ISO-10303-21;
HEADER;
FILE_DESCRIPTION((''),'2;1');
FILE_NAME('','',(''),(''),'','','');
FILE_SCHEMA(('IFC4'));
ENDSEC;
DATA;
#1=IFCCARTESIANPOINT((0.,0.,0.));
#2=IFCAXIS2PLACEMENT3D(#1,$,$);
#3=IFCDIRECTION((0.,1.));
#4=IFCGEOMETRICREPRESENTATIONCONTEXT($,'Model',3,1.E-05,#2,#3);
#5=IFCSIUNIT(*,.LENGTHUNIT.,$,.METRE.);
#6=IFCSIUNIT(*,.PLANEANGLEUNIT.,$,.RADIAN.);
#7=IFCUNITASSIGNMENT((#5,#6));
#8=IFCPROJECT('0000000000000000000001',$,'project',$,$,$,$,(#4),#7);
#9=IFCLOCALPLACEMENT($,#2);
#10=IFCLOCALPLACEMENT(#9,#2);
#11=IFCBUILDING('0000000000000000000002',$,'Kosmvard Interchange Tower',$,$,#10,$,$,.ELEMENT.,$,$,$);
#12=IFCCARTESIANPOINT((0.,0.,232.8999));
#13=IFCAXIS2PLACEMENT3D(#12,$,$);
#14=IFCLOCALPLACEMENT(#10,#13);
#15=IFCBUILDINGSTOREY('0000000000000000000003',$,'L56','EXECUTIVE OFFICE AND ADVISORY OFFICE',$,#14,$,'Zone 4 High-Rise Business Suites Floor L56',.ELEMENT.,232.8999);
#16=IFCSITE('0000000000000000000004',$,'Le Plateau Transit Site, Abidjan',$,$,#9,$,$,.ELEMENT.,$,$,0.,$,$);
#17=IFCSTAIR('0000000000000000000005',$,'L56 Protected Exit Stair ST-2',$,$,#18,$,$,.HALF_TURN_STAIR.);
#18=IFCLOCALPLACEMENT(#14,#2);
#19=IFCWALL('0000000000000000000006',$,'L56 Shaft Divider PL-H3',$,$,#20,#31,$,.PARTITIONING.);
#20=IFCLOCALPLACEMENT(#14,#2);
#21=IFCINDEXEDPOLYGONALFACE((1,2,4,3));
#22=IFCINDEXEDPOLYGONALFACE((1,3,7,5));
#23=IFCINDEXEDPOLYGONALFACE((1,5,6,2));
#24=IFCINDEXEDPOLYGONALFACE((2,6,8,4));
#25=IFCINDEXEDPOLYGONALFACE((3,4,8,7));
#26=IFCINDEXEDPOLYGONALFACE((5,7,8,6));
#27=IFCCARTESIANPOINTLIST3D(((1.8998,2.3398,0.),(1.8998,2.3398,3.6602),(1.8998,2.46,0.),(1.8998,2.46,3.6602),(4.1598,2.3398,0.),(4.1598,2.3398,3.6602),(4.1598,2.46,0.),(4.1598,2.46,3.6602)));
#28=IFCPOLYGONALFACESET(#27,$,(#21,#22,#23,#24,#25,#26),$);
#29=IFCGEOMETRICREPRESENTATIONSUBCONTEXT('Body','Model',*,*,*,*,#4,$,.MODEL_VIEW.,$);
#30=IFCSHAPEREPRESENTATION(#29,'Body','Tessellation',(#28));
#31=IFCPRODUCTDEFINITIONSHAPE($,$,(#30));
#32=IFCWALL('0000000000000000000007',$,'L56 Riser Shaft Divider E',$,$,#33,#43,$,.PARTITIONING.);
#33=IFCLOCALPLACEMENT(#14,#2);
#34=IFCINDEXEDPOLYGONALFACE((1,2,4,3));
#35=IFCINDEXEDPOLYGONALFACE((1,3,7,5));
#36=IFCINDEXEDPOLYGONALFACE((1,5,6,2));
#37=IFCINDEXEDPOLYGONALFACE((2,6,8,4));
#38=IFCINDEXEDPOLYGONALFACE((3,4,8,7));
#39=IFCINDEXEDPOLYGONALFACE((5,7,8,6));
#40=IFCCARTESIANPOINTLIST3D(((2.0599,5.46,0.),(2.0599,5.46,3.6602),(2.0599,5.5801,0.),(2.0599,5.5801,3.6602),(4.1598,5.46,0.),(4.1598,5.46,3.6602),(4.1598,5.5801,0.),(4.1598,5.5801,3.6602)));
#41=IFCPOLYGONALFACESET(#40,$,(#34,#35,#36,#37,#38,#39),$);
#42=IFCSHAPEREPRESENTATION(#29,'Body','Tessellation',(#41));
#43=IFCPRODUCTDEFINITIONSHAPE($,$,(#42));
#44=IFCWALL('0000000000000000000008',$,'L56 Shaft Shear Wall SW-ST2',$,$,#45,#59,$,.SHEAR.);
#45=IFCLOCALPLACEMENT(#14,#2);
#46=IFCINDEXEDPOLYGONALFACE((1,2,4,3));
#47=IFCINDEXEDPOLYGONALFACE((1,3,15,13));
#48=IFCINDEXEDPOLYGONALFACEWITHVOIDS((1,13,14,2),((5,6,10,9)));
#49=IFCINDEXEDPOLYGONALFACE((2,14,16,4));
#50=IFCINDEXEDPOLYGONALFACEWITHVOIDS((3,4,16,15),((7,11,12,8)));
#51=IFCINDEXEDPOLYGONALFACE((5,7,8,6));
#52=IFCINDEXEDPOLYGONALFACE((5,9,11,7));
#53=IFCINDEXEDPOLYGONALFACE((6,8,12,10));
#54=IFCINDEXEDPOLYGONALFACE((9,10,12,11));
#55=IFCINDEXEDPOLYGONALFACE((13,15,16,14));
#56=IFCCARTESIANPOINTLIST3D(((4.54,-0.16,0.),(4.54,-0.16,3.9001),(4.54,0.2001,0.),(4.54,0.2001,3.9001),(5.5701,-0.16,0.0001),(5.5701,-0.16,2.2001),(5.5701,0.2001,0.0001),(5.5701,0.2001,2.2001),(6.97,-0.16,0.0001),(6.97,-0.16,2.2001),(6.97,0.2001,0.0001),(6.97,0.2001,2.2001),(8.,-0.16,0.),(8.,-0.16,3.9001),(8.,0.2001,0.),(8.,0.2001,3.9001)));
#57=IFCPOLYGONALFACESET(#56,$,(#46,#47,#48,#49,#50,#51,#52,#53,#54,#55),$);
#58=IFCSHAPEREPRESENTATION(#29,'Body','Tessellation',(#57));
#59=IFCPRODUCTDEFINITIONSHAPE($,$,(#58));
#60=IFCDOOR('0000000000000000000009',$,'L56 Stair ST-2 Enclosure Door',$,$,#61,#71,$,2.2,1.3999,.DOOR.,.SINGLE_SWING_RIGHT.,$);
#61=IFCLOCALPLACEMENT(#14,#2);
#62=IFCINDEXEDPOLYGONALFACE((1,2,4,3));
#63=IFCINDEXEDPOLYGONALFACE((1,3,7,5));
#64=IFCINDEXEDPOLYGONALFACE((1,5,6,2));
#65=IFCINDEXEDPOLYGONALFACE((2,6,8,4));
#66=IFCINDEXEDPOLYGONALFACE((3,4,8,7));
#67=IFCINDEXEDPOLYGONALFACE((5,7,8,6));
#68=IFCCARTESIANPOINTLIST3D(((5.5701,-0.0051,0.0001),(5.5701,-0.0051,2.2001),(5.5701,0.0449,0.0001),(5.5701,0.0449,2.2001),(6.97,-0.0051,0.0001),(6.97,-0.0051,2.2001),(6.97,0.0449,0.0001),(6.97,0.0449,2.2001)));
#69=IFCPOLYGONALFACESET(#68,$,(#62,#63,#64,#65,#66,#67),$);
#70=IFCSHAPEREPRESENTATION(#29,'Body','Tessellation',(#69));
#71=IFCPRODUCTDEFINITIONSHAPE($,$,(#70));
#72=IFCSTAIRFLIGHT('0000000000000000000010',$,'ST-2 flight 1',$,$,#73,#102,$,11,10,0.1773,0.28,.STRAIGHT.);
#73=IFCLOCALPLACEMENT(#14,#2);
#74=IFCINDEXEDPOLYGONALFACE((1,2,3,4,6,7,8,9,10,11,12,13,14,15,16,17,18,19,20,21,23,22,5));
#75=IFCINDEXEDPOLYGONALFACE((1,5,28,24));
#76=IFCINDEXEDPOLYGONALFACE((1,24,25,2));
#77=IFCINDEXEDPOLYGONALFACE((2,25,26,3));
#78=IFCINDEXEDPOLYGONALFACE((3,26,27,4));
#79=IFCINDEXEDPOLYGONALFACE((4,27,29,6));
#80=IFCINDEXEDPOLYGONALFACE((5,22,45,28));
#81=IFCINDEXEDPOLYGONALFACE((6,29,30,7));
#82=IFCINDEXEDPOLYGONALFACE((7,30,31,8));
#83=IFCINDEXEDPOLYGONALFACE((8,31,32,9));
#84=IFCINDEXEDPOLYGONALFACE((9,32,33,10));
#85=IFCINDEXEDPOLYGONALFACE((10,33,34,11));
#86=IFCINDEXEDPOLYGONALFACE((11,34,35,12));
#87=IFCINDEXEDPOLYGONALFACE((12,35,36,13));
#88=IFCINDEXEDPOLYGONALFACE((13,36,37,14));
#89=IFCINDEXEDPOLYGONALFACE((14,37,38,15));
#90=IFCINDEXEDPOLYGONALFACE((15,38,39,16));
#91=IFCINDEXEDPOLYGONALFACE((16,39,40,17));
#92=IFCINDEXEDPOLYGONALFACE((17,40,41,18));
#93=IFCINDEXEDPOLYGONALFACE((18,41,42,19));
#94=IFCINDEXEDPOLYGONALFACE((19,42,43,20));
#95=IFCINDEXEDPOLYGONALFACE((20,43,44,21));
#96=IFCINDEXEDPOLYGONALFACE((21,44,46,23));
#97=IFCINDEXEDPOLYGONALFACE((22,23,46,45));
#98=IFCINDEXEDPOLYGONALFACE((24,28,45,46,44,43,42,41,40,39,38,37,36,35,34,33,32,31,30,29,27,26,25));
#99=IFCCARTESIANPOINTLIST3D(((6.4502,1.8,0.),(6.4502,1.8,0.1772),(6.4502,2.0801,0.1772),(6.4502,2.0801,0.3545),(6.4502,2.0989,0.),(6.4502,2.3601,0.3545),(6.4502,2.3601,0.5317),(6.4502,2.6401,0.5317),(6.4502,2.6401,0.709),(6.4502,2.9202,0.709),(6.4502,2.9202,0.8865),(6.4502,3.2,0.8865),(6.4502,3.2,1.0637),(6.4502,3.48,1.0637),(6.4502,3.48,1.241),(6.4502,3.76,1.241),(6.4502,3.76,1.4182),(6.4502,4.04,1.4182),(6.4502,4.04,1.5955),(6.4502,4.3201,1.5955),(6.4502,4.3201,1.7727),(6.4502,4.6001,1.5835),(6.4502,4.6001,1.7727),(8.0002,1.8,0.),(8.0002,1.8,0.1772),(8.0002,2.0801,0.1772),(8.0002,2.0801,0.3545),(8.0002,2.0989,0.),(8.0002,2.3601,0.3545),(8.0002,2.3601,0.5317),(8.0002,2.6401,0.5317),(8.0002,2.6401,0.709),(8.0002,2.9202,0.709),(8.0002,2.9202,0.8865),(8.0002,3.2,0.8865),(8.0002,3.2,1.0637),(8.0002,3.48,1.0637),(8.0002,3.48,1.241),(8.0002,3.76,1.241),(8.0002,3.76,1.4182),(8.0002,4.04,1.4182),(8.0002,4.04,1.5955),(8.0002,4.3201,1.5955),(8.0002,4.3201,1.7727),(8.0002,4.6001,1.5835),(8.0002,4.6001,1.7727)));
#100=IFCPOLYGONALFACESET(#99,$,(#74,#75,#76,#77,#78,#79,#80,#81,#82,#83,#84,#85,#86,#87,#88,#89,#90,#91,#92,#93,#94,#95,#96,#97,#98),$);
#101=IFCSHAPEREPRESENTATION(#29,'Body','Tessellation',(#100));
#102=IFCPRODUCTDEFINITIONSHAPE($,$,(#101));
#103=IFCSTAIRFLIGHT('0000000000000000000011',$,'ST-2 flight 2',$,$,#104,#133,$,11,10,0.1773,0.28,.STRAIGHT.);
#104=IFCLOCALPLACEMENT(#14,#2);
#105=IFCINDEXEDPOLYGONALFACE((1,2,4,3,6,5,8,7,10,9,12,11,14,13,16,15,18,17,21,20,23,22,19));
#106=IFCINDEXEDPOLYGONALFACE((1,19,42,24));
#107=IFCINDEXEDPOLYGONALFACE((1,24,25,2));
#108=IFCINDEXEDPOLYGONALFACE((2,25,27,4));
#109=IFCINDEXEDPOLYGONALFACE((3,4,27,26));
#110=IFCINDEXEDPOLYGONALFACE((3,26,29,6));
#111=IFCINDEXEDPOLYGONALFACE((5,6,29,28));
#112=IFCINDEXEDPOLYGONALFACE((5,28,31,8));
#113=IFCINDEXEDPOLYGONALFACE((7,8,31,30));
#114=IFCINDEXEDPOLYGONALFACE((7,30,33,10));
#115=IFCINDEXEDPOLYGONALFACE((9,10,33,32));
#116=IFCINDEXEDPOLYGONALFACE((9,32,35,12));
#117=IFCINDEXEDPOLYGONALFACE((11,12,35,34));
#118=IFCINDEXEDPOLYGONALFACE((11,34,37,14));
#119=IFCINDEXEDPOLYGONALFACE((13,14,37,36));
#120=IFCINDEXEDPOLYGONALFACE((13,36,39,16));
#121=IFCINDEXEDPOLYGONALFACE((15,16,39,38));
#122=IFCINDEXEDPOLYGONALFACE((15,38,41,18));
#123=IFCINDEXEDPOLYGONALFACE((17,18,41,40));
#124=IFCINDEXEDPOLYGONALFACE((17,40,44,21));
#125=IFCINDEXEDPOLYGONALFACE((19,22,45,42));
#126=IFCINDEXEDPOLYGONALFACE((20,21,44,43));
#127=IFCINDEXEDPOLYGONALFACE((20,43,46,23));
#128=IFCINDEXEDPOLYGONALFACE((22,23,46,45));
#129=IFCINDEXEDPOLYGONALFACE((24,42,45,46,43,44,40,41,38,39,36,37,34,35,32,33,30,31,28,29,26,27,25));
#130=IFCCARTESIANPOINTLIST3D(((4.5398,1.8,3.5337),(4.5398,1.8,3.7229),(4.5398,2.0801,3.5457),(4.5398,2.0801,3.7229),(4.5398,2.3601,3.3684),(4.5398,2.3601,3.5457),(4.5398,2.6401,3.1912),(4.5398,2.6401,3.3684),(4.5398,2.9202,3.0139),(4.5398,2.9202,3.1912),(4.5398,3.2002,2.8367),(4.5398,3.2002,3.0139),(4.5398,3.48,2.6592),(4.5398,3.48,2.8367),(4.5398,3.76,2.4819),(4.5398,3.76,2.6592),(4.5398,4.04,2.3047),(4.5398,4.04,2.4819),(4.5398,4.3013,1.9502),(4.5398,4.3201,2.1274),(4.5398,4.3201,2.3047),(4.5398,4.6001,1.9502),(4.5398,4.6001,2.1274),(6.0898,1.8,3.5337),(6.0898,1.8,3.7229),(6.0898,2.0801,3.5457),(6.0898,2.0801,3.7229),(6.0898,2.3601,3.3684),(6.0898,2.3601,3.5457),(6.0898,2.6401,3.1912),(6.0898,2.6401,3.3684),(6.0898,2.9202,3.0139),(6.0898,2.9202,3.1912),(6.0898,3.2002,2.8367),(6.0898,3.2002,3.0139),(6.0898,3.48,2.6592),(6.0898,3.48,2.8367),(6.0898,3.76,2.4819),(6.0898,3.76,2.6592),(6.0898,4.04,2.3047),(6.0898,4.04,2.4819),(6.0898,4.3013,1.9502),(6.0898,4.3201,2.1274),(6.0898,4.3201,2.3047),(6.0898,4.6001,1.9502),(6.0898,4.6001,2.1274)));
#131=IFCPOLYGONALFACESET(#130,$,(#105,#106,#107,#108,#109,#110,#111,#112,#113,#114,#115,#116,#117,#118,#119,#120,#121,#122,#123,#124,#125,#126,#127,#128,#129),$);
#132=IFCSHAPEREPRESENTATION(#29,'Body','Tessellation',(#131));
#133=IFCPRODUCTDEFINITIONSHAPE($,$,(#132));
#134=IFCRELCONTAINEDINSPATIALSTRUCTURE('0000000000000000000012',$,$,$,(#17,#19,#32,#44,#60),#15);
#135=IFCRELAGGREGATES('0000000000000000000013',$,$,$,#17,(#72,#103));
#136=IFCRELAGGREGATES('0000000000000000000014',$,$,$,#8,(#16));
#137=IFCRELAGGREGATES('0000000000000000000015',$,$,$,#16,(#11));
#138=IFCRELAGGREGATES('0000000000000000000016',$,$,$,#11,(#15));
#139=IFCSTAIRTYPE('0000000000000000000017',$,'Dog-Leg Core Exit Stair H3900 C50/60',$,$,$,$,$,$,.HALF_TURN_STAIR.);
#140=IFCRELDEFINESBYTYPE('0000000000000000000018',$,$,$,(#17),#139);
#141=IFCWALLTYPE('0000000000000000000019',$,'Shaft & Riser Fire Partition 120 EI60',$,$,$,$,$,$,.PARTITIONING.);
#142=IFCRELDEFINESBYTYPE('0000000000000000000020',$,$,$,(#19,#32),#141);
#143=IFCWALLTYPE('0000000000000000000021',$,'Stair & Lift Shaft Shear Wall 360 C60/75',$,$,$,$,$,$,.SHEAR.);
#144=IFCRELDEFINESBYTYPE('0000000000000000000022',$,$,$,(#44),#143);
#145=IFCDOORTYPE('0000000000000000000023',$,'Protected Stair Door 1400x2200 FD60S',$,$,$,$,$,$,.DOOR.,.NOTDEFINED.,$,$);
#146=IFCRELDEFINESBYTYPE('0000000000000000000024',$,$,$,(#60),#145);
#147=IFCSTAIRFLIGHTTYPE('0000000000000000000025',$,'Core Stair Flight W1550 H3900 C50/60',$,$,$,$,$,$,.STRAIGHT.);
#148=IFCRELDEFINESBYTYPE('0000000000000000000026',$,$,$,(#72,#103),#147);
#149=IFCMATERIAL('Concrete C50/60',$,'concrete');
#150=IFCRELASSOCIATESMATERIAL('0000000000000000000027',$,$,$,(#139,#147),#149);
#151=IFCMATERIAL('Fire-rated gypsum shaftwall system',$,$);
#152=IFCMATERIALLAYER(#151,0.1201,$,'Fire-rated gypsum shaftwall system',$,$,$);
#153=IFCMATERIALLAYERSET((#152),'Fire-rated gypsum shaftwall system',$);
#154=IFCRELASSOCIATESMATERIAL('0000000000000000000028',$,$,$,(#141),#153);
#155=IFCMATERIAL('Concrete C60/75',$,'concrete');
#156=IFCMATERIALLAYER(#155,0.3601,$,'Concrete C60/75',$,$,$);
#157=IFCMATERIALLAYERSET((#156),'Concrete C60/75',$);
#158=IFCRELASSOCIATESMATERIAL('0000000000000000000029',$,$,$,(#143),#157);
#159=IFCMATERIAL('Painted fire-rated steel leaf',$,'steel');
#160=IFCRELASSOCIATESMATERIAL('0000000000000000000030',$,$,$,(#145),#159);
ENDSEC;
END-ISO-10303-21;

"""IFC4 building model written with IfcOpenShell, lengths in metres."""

from ifc_helpers import new_model, si_unit, direction, frame, frame_2d, origin, place, context, subcontext, project, spatial, polyline, rectangle, outline, extrude, source, transform, mapped, material, layer, layer_set, type_object, element, fill, aggregate, save


model = new_model("IFC4")

# Units and contexts
model_context = context("Model", 3, precision=1e-05, world=origin(), true_north=direction((0.0, 1.0)))
body_context = subcontext(model_context, "Body", "Model", "MODEL_VIEW")
ifc_project = project(units=[si_unit("LENGTHUNIT", "METRE"), si_unit("PLANEANGLEUNIT", "RADIAN")], contexts=[model_context])

# Site, building, storey
site_placement = place(None, origin())
site = spatial("IfcSite", under=ifc_project, at=site_placement, Name="Le Plateau Transit Site, Abidjan", CompositionType="ELEMENT", RefElevation=0.0)
building_placement = place(site_placement, origin())
building = spatial("IfcBuilding", under=site, at=building_placement, Name="Kosmvard Interchange Tower", CompositionType="ELEMENT")
storey_placement = place(building_placement, frame((0.0, 0.0, 232.8999)))
storey = spatial("IfcBuildingStorey", under=building, at=storey_placement, Name="L56", Description="EXECUTIVE OFFICE AND ADVISORY OFFICE", LongName="Zone 4 High-Rise Business Suites Floor L56", CompositionType="ELEMENT", Elevation=232.8999)

# Shared definitions
ifc_material_1 = material(Name="Concrete C50/60", Category="concrete")

# Stair
stair_type = type_object("IfcStairType", Name="Dog-Leg Core Exit Stair H3900 C50/60", PredefinedType="HALF_TURN_STAIR", material=ifc_material_1)
stair_1_placement = place(storey_placement, origin())
stair_1 = element("IfcStair", 1, at=stair_1_placement, inside=storey, type_object=stair_type, Name="L56 Protected Exit Stair ST-2", PredefinedType="HALF_TURN_STAIR")

# Walls
ifc_material_2 = material(Name="Fire-rated gypsum shaftwall system")
ifc_layer_1 = layer(ifc_material_2, 0.1201, Name="Fire-rated gypsum shaftwall system")
ifc_layer_set_1 = layer_set([ifc_layer_1], Name="Fire-rated gypsum shaftwall system")
wall_type_1 = type_object("IfcWallType", Name="Shaft & Riser Fire Partition 120 EI60", PredefinedType="PARTITIONING", material=ifc_layer_set_1)
wall_1_placement = place(storey_placement, frame((1.8999, 2.3999, 0.0), z_axis=(0.0, 0.0, 1.0), x_axis=(1.0, 0.0, 0.0)))
element("IfcWall", 2, at=wall_1_placement, inside=storey, type_object=wall_type_1, Name="L56 Shaft Divider PL-H3", PredefinedType="PARTITIONING", context=body_context, shape_type="SweptSolid", body=[
    extrude(rectangle(XDim=2.26, YDim=0.1201, at=frame_2d((1.1299, 0.0))), origin(), (0.0, 0.0, 1.0), 3.6602),
])
wall_2_placement = place(storey_placement, frame((2.0601, 5.52, 0.0), z_axis=(0.0, 0.0, 1.0), x_axis=(1.0, 0.0, 0.0)))
element("IfcWall", 3, at=wall_2_placement, inside=storey, type_object=wall_type_1, Name="L56 Riser Shaft Divider E", PredefinedType="PARTITIONING", context=body_context, shape_type="SweptSolid", body=[
    extrude(rectangle(XDim=2.0999, YDim=0.1201, at=frame_2d((1.0498, 0.0))), origin(), (0.0, 0.0, 1.0), 3.6602),
])

# Wall, opening, door
ifc_material_3 = material(Name="Concrete C60/75", Category="concrete")
ifc_layer_2 = layer(ifc_material_3, 0.3601, Name="Concrete C60/75")
ifc_layer_set_2 = layer_set([ifc_layer_2], Name="Concrete C60/75")
wall_type_2 = type_object("IfcWallType", Name="Stair & Lift Shaft Shear Wall 360 C60/75", PredefinedType="SHEAR", material=ifc_layer_set_2)
wall_3_placement = place(storey_placement, frame((4.54, 0.02, 0.0), z_axis=(0.0, 0.0, 1.0), x_axis=(1.0, 0.0, 0.0)))
wall_3 = element("IfcWall", 4, at=wall_3_placement, inside=storey, type_object=wall_type_2, Name="L56 Shaft Shear Wall SW-ST2", PredefinedType="SHEAR", context=body_context, shape_type="SweptSolid", body=[
    extrude(rectangle(XDim=3.46, YDim=0.3601, at=frame_2d((1.73, 0.0))), origin(), (0.0, 0.0, 1.0), 3.9001),
])
opening_1_placement = place(wall_3_placement, frame((1.03, 0.0, 0.0)))
opening_1 = element("IfcOpeningElement", 5, at=opening_1_placement, cuts=wall_3, PredefinedType="OPENING", context=body_context, shape_type="SweptSolid", body=[
    extrude(rectangle(XDim=1.3999, YDim=2.2, at=frame_2d((0.7, 1.1001))), frame((0.0, 0.1899, 0.0), z_axis=(0.0, -1.0, 0.0), x_axis=(1.0, 0.0, 0.0)), (0.0, 0.0, 1.0), 0.3801),
])
ifc_material_4 = material(Name="Painted fire-rated steel leaf", Category="steel")
door_type = type_object("IfcDoorType", Name="Protected Stair Door 1400x2200 FD60S", OperationType="NOTDEFINED", PredefinedType="DOOR", material=ifc_material_4)
shared_shape_1 = source(origin(), body_context, "Body", "SweptSolid", [
    extrude(rectangle(XDim=1.3999, YDim=2.2, at=frame_2d((0.7, 1.1001))), frame((0.0, 0.0249, 0.0), z_axis=(0.0, -1.0, 0.0), x_axis=(1.0, 0.0, 0.0)), (0.0, 0.0, 1.0), 0.05),
])
door_placement = place(opening_1_placement, origin())
door = element("IfcDoor", 6, at=door_placement, inside=storey, type_object=door_type, Name="L56 Stair ST-2 Enclosure Door", OperationType="SINGLE_SWING_RIGHT", OverallHeight=2.2, OverallWidth=1.3999, PredefinedType="DOOR", context=body_context, shape_type="MappedRepresentation", body=[
    mapped(shared_shape_1, transform((0.0, 0.0, 0.0), scale=1.0)),
])
fill(opening_1, door)

# Stair flights
stair_flight_type = type_object("IfcStairFlightType", Name="Core Stair Flight W1550 H3900 C50/60", PredefinedType="STRAIGHT", material=ifc_material_1)
shared_shape_2 = source(origin(), body_context, "Body", "SweptSolid", [
    extrude(outline(polyline([(0.0, 0.0), (0.0, 0.1772), (0.28, 0.1772), (0.28, 0.3545), (0.5601, 0.3545), (0.5601, 0.5317), (0.8401, 0.5317), (0.8401, 0.709), (1.1201, 0.709), (1.1201, 0.8865), (1.3999, 0.8865), (1.3999, 1.0637), (1.6799, 1.0637), (1.6799, 1.241), (1.96, 1.241), (1.96, 1.4182), (2.24, 1.4182), (2.24, 1.5955), (2.52, 1.5955), (2.52, 1.7727), (2.8, 1.7727), (2.8, 1.95), (2.8, 1.5835), (0.2988, 0.0), (0.0, 0.0)])), frame((0.0, 0.7749, 0.0), z_axis=(0.0, -1.0, 0.0), x_axis=(1.0, 0.0, 0.0)), (0.0, 0.0, 1.0), 1.55),
])
stair_flight_1_placement = place(storey_placement, frame((7.2251, 1.8, 0.0), z_axis=(0.0, 0.0, 1.0), x_axis=(0.0, 1.0, 0.0)))
stair_flight_1 = element("IfcStairFlight", 7, at=stair_flight_1_placement, type_object=stair_flight_type, Name="ST-2 flight 1", NumberOfRisers=11, NumberOfTreads=10, PredefinedType="STRAIGHT", RiserHeight=0.1773, TreadLength=0.28, context=body_context, shape_type="MappedRepresentation", body=[
    mapped(shared_shape_2, transform((0.0, 0.0, 0.0), scale=1.0)),
])
stair_flight_2_placement = place(storey_placement, frame((5.3149, 4.6001, 1.9502), z_axis=(0.0, 0.0, 1.0), x_axis=(0.0, -1.0, 0.0)))
stair_flight_2 = element("IfcStairFlight", 8, at=stair_flight_2_placement, type_object=stair_flight_type, Name="ST-2 flight 2", NumberOfRisers=11, NumberOfTreads=10, PredefinedType="STRAIGHT", RiserHeight=0.1773, TreadLength=0.28, context=body_context, shape_type="MappedRepresentation", body=[
    mapped(shared_shape_2, transform((0.0, 0.0, 0.0), scale=1.0)),
])
aggregate(stair_1, [stair_flight_1, stair_flight_2])

save(model, "model.ifc")
